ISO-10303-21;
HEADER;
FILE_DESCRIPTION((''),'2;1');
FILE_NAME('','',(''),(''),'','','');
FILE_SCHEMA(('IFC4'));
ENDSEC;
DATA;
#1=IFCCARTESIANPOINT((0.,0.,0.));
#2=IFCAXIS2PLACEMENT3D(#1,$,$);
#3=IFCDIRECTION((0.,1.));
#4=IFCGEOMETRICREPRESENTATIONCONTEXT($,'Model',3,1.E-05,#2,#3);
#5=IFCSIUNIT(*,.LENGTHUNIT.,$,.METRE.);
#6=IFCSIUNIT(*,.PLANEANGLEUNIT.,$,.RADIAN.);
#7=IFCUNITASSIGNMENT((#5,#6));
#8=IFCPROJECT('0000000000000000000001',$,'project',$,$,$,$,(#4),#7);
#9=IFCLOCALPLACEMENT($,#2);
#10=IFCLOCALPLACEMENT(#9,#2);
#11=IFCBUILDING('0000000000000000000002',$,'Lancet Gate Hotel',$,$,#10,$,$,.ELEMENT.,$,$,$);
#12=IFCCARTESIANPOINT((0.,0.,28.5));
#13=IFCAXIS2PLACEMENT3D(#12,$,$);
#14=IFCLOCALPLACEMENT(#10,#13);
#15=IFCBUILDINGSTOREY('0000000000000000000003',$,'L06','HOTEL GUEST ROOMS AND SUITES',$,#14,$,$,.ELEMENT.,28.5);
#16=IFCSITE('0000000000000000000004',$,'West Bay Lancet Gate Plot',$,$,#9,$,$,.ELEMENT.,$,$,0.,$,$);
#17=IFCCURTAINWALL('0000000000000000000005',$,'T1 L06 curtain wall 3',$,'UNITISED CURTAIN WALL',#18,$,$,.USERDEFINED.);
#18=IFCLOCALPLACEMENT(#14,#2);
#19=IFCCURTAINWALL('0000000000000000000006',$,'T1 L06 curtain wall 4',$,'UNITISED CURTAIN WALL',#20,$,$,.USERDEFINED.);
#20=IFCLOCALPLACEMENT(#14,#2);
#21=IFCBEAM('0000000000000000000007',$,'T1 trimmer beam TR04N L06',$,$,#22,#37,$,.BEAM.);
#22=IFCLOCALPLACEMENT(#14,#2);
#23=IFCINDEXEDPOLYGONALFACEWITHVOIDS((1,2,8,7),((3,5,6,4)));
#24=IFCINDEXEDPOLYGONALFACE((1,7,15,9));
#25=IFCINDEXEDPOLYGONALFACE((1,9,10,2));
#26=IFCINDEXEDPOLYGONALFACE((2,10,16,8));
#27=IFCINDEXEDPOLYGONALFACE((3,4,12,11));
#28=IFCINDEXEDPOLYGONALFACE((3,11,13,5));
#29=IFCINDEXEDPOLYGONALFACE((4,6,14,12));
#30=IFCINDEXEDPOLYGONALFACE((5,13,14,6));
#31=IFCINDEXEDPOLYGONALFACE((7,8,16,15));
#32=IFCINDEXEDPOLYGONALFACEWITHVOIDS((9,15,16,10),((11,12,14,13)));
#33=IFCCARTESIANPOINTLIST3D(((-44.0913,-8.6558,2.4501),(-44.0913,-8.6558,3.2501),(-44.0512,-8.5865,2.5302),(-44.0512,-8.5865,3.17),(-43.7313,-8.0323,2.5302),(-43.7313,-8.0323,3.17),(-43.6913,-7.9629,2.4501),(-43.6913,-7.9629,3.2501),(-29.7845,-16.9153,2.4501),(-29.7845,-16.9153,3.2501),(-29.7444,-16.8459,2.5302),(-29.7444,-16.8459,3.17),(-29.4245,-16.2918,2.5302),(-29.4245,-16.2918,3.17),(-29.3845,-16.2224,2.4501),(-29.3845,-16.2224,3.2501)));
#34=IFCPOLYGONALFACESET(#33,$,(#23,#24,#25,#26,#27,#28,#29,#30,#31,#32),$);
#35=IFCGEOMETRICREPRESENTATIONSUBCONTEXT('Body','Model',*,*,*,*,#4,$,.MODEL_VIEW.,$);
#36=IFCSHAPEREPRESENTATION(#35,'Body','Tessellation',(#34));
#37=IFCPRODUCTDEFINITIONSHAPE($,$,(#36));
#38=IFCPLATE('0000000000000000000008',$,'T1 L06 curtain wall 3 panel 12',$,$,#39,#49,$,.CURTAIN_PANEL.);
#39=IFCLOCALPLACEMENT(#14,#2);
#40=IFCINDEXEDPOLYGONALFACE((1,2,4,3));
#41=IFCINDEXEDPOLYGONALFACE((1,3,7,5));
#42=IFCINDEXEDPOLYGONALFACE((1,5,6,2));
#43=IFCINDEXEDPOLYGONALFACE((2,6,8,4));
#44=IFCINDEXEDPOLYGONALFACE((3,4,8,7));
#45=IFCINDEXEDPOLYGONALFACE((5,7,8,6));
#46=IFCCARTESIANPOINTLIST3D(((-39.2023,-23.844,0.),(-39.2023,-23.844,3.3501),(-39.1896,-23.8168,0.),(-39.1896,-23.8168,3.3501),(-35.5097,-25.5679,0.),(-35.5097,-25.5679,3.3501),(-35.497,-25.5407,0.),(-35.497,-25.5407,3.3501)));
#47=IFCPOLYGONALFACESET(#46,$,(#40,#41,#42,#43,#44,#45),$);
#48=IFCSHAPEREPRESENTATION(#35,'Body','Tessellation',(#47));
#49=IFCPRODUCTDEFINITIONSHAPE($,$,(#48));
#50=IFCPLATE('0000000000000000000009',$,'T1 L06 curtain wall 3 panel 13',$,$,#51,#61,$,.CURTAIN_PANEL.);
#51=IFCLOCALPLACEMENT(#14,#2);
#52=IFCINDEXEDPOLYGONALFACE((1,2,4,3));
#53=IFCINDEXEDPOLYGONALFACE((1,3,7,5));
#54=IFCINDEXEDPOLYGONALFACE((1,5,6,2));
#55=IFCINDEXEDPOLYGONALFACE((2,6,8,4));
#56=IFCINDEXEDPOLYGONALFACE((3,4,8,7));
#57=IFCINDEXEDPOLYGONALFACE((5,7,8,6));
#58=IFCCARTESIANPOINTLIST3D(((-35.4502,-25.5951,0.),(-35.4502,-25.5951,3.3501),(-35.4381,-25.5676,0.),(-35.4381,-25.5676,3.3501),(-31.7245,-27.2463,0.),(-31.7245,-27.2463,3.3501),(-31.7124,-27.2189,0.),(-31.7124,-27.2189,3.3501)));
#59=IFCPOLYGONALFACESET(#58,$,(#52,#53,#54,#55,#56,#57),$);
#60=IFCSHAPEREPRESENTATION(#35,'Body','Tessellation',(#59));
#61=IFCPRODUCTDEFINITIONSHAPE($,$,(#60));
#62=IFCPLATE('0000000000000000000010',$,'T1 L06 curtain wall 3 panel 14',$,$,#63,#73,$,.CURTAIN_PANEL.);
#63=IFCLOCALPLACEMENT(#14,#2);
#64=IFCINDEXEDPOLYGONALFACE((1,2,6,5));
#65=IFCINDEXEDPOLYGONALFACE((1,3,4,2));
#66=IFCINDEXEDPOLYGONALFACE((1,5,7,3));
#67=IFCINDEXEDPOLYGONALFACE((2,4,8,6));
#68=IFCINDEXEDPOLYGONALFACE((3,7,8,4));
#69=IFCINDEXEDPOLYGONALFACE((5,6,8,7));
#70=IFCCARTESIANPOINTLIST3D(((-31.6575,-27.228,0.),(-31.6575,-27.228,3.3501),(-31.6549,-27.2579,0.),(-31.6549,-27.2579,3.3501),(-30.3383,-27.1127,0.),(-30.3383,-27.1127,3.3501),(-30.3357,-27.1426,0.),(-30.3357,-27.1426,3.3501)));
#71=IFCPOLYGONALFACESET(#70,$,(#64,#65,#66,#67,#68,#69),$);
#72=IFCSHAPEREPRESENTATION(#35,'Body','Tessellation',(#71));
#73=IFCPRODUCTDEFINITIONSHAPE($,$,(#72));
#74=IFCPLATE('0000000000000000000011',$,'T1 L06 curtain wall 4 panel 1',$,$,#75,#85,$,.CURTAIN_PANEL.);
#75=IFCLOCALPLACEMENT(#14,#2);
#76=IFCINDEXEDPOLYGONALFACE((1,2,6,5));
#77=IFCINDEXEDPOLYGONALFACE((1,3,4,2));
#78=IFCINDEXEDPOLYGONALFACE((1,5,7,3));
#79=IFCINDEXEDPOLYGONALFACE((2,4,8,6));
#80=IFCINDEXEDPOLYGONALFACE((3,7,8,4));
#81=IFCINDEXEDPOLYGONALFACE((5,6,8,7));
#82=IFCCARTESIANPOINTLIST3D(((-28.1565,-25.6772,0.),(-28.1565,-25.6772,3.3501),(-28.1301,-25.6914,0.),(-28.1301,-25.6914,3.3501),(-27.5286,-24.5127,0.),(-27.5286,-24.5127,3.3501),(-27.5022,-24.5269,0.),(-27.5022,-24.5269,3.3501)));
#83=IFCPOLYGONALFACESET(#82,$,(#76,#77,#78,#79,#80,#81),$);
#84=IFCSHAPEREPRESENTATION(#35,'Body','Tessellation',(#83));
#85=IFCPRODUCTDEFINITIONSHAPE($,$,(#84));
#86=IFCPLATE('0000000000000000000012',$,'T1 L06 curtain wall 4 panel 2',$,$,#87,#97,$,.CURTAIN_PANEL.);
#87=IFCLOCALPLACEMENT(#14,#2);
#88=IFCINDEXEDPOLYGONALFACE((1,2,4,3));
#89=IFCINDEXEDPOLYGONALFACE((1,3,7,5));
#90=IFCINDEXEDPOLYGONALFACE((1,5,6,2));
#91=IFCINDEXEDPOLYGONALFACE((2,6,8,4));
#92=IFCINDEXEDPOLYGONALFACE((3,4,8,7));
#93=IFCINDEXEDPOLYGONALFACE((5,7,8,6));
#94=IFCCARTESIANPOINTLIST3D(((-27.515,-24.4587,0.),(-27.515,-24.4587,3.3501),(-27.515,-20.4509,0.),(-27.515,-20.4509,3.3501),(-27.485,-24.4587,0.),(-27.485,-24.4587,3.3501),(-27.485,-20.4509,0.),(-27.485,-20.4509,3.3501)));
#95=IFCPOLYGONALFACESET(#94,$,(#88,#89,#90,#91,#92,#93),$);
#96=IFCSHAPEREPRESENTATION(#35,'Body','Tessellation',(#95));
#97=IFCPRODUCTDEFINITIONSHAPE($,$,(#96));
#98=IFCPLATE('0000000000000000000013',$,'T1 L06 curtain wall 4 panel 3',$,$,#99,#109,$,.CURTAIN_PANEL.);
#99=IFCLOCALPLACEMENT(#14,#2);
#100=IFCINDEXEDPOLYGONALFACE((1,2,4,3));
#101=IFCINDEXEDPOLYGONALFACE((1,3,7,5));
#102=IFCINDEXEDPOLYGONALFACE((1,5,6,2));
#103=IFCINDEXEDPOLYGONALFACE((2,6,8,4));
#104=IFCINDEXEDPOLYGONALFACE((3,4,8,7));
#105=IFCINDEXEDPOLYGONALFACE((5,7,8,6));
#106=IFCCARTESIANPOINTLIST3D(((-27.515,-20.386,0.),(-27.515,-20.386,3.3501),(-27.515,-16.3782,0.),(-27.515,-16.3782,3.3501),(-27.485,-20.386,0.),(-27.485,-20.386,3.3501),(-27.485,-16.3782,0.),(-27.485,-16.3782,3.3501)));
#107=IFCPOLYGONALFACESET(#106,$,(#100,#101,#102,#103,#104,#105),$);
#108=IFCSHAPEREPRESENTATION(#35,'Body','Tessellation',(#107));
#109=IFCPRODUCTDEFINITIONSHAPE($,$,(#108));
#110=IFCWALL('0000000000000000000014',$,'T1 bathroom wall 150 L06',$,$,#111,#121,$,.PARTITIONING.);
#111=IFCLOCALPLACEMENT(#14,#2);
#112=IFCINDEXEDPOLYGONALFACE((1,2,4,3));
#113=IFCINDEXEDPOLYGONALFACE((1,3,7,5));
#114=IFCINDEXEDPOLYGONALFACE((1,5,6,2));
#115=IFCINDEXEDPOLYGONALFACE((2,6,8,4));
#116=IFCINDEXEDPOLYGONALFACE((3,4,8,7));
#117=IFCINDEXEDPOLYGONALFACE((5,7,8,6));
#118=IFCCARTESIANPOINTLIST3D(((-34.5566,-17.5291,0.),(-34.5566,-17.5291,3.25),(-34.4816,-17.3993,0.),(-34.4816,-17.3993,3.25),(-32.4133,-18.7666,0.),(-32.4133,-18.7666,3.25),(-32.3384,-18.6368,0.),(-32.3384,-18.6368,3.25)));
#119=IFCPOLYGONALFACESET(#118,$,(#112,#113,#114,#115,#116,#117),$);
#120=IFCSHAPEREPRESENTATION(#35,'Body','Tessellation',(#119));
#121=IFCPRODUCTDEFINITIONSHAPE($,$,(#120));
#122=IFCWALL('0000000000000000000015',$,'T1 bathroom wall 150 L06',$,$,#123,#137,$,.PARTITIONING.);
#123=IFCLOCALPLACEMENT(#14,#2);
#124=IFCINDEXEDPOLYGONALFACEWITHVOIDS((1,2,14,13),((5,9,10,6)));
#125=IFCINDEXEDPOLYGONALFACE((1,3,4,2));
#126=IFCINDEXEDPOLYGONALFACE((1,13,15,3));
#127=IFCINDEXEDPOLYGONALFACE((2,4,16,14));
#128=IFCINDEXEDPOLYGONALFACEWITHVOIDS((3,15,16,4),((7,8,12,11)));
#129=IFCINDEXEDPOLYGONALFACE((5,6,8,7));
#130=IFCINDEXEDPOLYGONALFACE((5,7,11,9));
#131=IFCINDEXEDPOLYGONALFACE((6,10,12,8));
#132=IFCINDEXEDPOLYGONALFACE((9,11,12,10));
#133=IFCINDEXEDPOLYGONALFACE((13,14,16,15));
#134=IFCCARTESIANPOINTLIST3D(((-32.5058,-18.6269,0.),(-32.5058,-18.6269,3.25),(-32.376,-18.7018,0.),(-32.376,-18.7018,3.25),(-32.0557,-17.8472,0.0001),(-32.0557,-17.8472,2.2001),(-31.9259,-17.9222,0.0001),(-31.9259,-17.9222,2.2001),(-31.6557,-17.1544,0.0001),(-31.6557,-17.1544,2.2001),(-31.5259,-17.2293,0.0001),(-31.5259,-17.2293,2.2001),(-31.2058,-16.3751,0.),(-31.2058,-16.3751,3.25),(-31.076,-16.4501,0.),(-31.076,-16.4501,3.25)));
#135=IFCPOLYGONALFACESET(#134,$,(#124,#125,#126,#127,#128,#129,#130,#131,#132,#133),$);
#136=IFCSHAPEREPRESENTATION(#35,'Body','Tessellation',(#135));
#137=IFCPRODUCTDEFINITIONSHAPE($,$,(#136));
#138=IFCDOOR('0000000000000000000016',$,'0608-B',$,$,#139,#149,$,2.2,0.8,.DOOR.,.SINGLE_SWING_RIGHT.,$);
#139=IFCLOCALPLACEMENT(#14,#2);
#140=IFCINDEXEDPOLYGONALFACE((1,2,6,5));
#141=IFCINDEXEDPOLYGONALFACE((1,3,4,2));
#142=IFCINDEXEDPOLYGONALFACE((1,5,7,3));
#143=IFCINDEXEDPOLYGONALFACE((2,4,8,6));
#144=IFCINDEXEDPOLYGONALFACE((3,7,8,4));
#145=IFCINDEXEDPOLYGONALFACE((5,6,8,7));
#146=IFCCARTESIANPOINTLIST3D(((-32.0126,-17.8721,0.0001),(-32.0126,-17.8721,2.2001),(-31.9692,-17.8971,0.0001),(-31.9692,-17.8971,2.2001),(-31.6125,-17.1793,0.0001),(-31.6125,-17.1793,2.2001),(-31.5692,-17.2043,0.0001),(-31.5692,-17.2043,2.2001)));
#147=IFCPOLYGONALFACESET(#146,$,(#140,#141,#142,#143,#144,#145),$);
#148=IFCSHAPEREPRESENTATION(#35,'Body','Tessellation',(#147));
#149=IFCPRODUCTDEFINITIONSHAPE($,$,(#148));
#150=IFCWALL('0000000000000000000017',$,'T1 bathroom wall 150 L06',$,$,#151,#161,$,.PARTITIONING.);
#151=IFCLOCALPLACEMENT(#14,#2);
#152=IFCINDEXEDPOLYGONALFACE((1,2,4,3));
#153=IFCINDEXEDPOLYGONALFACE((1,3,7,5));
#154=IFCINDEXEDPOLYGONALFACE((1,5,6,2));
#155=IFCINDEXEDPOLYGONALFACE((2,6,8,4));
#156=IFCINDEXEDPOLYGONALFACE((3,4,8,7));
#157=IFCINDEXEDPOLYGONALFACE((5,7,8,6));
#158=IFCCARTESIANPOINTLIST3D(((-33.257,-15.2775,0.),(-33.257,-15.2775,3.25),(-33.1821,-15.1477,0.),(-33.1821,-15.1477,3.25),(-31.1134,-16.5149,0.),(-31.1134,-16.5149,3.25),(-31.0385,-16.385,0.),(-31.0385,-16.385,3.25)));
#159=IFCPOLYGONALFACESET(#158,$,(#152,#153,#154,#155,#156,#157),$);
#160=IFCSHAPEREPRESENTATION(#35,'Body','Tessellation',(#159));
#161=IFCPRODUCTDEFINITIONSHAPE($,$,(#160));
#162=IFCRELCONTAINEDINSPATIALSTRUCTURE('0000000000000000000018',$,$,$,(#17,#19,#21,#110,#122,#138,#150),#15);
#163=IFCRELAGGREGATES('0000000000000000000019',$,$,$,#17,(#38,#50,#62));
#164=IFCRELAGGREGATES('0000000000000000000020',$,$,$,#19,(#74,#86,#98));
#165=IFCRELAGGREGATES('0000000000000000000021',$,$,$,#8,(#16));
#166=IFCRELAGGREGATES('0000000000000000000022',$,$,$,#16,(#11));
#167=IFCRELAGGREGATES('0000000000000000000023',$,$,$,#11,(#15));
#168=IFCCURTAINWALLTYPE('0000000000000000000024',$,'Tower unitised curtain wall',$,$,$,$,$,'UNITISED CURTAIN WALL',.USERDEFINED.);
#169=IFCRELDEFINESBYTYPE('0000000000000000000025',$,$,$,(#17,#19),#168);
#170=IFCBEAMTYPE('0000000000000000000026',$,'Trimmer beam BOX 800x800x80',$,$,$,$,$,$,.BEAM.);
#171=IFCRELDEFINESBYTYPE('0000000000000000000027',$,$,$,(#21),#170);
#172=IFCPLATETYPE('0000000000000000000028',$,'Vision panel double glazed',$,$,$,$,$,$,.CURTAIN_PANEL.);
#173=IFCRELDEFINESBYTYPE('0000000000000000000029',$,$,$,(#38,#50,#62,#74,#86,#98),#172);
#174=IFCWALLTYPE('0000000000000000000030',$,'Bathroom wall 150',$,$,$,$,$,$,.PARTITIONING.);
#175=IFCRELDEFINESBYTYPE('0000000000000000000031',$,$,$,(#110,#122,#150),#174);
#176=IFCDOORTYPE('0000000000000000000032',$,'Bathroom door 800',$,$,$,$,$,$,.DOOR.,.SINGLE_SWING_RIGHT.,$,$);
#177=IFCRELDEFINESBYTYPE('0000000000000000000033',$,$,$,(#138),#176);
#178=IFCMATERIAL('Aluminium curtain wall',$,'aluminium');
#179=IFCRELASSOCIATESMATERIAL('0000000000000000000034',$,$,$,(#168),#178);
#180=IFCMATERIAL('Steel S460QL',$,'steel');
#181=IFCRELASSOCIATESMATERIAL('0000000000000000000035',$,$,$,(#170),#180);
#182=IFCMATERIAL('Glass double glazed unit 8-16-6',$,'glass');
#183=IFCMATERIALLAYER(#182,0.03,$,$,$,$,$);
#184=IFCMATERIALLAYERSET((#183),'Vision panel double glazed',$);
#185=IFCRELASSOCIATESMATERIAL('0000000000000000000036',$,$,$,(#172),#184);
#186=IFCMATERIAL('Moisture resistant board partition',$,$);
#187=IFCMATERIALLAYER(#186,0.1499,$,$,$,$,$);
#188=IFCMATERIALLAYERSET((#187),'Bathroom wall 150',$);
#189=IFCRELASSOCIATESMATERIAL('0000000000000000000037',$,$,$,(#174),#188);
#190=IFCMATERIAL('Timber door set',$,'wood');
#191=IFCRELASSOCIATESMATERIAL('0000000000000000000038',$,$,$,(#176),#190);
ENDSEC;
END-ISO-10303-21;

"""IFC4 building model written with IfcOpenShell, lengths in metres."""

from ifc_helpers import new_model, si_unit, direction, frame, frame_2d, origin, origin_2d, place, context, subcontext, project, spatial, rectangle, hollow_rectangle, extrude, material, layer, layer_set, material_profile, profile_set, type_object, element, fill, aggregate, save


model = new_model("IFC4")

# Units and contexts
model_context = context("Model", 3, precision=1e-05, world=origin(), true_north=direction((0.0, 1.0)))
body_context = subcontext(model_context, "Body", "Model", "MODEL_VIEW")
ifc_project = project(units=[si_unit("LENGTHUNIT", "METRE"), si_unit("PLANEANGLEUNIT", "RADIAN")], contexts=[model_context])

# Site, building, storey
site_placement = place(None, origin())
site = spatial("IfcSite", under=ifc_project, at=site_placement, Name="West Bay Lancet Gate Plot", CompositionType="ELEMENT", RefElevation=0.0)
building_placement = place(site_placement, origin())
building = spatial("IfcBuilding", under=site, at=building_placement, Name="Lancet Gate Hotel", CompositionType="ELEMENT")
storey_placement = place(building_placement, frame((0.0, 0.0, 28.5)))
storey = spatial("IfcBuildingStorey", under=building, at=storey_placement, Name="L06", Description="HOTEL GUEST ROOMS AND SUITES", CompositionType="ELEMENT", Elevation=28.5)

# Curtain walls
ifc_material_1 = material(Name="Aluminium curtain wall", Category="aluminium")
curtain_wall_type = type_object("IfcCurtainWallType", Name="Tower unitised curtain wall", ElementType="UNITISED CURTAIN WALL", PredefinedType="USERDEFINED", material=ifc_material_1)
curtain_wall_1_placement = place(storey_placement, origin())
curtain_wall_1 = element("IfcCurtainWall", 1, at=curtain_wall_1_placement, inside=storey, type_object=curtain_wall_type, Name="T1 L06 curtain wall 3", ObjectType="UNITISED CURTAIN WALL", PredefinedType="USERDEFINED")
curtain_wall_2_placement = place(storey_placement, origin())
curtain_wall_2 = element("IfcCurtainWall", 2, at=curtain_wall_2_placement, inside=storey, type_object=curtain_wall_type, Name="T1 L06 curtain wall 4", ObjectType="UNITISED CURTAIN WALL", PredefinedType="USERDEFINED")

# Beam
ifc_material_2 = material(Name="Steel S460QL", Category="steel")
ifc_material_profile_1 = material_profile(ifc_material_2, hollow_rectangle(XDim=0.8, YDim=0.8, WallThickness=0.0801, at=origin_2d()), Name="BOX 800x800x80")
ifc_profile_set_1 = profile_set([ifc_material_profile_1], Name="Steel S460QL")
beam_type_1 = type_object("IfcBeamType", Name="Trimmer beam BOX 800x800x80", PredefinedType="BEAM", material=ifc_profile_set_1)
for number, where, z_axis, x_axis, name in (
    (3, (-29.5845, -16.5688, 2.8501), (-0.86604, 0.499974, 0.0), (-0.499974, -0.86604, 0.0), "T1 trimmer beam TR04N L06"),
):
    element("IfcBeam", number, at=place(storey_placement, frame(where, z_axis=z_axis, x_axis=x_axis)), inside=storey, type_object=beam_type_1, Name=name, PredefinedType="BEAM", context=body_context, shape_type="SweptSolid", body=[
        extrude(hollow_rectangle(XDim=0.8, YDim=0.8, WallThickness=0.0801, at=origin_2d()), origin(), (0.0, 0.0, 1.0), 16.5198),
    ])

# Plates
ifc_material_3 = material(Name="Glass double glazed unit 8-16-6", Category="glass")
ifc_layer_1 = layer(ifc_material_3, 0.03)
ifc_layer_set_1 = layer_set([ifc_layer_1], Name="Vision panel double glazed")
plate_type = type_object("IfcPlateType", Name="Vision panel double glazed", PredefinedType="CURTAIN_PANEL", material=ifc_layer_set_1)
plate_1_placement = place(storey_placement, frame((-37.3496, -24.6924, 0.0), z_axis=(0.0, 0.0, 1.0), x_axis=(0.906118, -0.423026, 0.0)))
plate_1 = element("IfcPlate", 4, at=plate_1_placement, type_object=plate_type, Name="T1 L06 curtain wall 3 panel 12", PredefinedType="CURTAIN_PANEL", context=body_context, shape_type="SweptSolid", body=[
    extrude(rectangle(XDim=4.0752, YDim=0.03, at=origin_2d()), origin(), (0.0, 0.0, 1.0), 3.3501),
])
plate_2_placement = place(storey_placement, frame((-33.5813, -26.407, 0.0), z_axis=(0.0, 0.0, 1.0), x_axis=(0.914234, -0.405186, 0.0)))
plate_2 = element("IfcPlate", 5, at=plate_2_placement, type_object=plate_type, Name="T1 L06 curtain wall 3 panel 13", PredefinedType="CURTAIN_PANEL", context=body_context, shape_type="SweptSolid", body=[
    extrude(rectangle(XDim=4.0752, YDim=0.03, at=origin_2d()), origin(), (0.0, 0.0, 1.0), 3.3501),
])
plate_3_placement = place(storey_placement, frame((-30.9966, -27.1853, 0.0), z_axis=(0.0, 0.0, 1.0), x_axis=(0.996204, 0.087052, 0.0)))
plate_3 = element("IfcPlate", 6, at=plate_3_placement, type_object=plate_type, Name="T1 L06 curtain wall 3 panel 14", PredefinedType="CURTAIN_PANEL", context=body_context, shape_type="SweptSolid", body=[
    extrude(rectangle(XDim=1.3242, YDim=0.03, at=origin_2d()), origin(), (0.0, 0.0, 1.0), 3.3501),
])
aggregate(curtain_wall_1, [plate_1, plate_2, plate_3])
plate_4_placement = place(storey_placement, frame((-27.8293, -25.1021, 0.0), z_axis=(0.0, 0.0, 1.0), x_axis=(0.474631, 0.880185, 0.0)))
plate_4 = element("IfcPlate", 7, at=plate_4_placement, type_object=plate_type, Name="T1 L06 curtain wall 4 panel 1", PredefinedType="CURTAIN_PANEL", context=body_context, shape_type="SweptSolid", body=[
    extrude(rectangle(XDim=1.323, YDim=0.03, at=origin_2d()), origin(), (0.0, 0.0, 1.0), 3.3501),
])
plate_5_placement = place(storey_placement, frame((-27.5, -22.4548, 0.0), z_axis=(0.0, 0.0, 1.0), x_axis=(0.0, 1.0, 0.0)))
plate_5 = element("IfcPlate", 8, at=plate_5_placement, type_object=plate_type, Name="T1 L06 curtain wall 4 panel 2", PredefinedType="CURTAIN_PANEL", context=body_context, shape_type="SweptSolid", body=[
    extrude(rectangle(XDim=4.0078, YDim=0.03, at=origin_2d()), origin(), (0.0, 0.0, 1.0), 3.3501),
])
plate_6_placement = place(storey_placement, frame((-27.5, -18.3821, 0.0), z_axis=(0.0, 0.0, 1.0), x_axis=(0.0, 1.0, 0.0)))
plate_6 = element("IfcPlate", 9, at=plate_6_placement, type_object=plate_type, Name="T1 L06 curtain wall 4 panel 3", PredefinedType="CURTAIN_PANEL", context=body_context, shape_type="SweptSolid", body=[
    extrude(rectangle(XDim=4.0078, YDim=0.03, at=origin_2d()), origin(), (0.0, 0.0, 1.0), 3.3501),
])
aggregate(curtain_wall_2, [plate_4, plate_5, plate_6])

# Wall
ifc_material_4 = material(Name="Moisture resistant board partition")
ifc_layer_2 = layer(ifc_material_4, 0.1499)
ifc_layer_set_2 = layer_set([ifc_layer_2], Name="Bathroom wall 150")
wall_type_1 = type_object("IfcWallType", Name="Bathroom wall 150", PredefinedType="PARTITIONING", material=ifc_layer_set_2)
wall_1_placement = place(storey_placement, frame((-32.376, -18.7017, 0.0), z_axis=(0.0, 0.0, 1.0), x_axis=(-0.866007, 0.500033, 0.0)))
element("IfcWall", 10, at=wall_1_placement, inside=storey, type_object=wall_type_1, Name="T1 bathroom wall 150 L06", PredefinedType="PARTITIONING", context=body_context, shape_type="SweptSolid", body=[
    extrude(rectangle(XDim=2.4749, YDim=0.1499, at=frame_2d((1.2373, 0.0))), origin(), (0.0, 0.0, 1.0), 3.25),
])

# Wall, opening, door
wall_2_placement = place(storey_placement, frame((-31.1409, -16.4126, 0.0), z_axis=(0.0, 0.0, 1.0), x_axis=(-0.500007, -0.866021, 0.0)))
wall_2 = element("IfcWall", 11, at=wall_2_placement, inside=storey, type_object=wall_type_1, Name="T1 bathroom wall 150 L06", PredefinedType="PARTITIONING", context=body_context, shape_type="SweptSolid", body=[
    extrude(rectangle(XDim=2.6001, YDim=0.1499, at=frame_2d((1.3, 0.0))), origin(), (0.0, 0.0, 1.0), 3.25),
])
opening_1_placement = place(wall_2_placement, frame((0.8999, 0.0, 0.0)))
opening_1 = element("IfcOpeningElement", 12, at=opening_1_placement, cuts=wall_2, PredefinedType="OPENING", context=body_context, shape_type="SweptSolid", body=[
    extrude(rectangle(XDim=0.8, YDim=2.2, at=frame_2d((0.3999, 1.1001))), frame((0.0, 0.085, 0.0), z_axis=(0.0, -1.0, 0.0), x_axis=(1.0, 0.0, 0.0)), (0.0, 0.0, 1.0), 0.1699),
])
ifc_material_5 = material(Name="Timber door set", Category="wood")
door_type_1 = type_object("IfcDoorType", Name="Bathroom door 800", OperationType="SINGLE_SWING_RIGHT", PredefinedType="DOOR", material=ifc_material_5)
door_1_placement = place(opening_1_placement, origin())
door_1 = element("IfcDoor", 13, at=door_1_placement, inside=storey, type_object=door_type_1, Name="0608-B", OperationType="SINGLE_SWING_RIGHT", OverallHeight=2.2, OverallWidth=0.8, PredefinedType="DOOR", context=body_context, shape_type="SweptSolid", body=[
    extrude(rectangle(XDim=0.8, YDim=2.2, at=frame_2d((0.3999, 1.1001))), frame((0.0, 0.0249, 0.0), z_axis=(0.0, -1.0, 0.0), x_axis=(1.0, 0.0, 0.0)), (0.0, 0.0, 1.0), 0.05),
])
fill(opening_1, door_1)

# Wall
wall_3_placement = place(storey_placement, frame((-31.0759, -16.45, 0.0), z_axis=(0.0, 0.0, 1.0), x_axis=(-0.866074, 0.499916, 0.0)))
element("IfcWall", 14, at=wall_3_placement, inside=storey, type_object=wall_type_1, Name="T1 bathroom wall 150 L06", PredefinedType="PARTITIONING", context=body_context, shape_type="SweptSolid", body=[
    extrude(rectangle(XDim=2.4751, YDim=0.1499, at=frame_2d((1.2375, 0.0))), origin(), (0.0, 0.0, 1.0), 3.25),
])

save(model, "model.ifc")
